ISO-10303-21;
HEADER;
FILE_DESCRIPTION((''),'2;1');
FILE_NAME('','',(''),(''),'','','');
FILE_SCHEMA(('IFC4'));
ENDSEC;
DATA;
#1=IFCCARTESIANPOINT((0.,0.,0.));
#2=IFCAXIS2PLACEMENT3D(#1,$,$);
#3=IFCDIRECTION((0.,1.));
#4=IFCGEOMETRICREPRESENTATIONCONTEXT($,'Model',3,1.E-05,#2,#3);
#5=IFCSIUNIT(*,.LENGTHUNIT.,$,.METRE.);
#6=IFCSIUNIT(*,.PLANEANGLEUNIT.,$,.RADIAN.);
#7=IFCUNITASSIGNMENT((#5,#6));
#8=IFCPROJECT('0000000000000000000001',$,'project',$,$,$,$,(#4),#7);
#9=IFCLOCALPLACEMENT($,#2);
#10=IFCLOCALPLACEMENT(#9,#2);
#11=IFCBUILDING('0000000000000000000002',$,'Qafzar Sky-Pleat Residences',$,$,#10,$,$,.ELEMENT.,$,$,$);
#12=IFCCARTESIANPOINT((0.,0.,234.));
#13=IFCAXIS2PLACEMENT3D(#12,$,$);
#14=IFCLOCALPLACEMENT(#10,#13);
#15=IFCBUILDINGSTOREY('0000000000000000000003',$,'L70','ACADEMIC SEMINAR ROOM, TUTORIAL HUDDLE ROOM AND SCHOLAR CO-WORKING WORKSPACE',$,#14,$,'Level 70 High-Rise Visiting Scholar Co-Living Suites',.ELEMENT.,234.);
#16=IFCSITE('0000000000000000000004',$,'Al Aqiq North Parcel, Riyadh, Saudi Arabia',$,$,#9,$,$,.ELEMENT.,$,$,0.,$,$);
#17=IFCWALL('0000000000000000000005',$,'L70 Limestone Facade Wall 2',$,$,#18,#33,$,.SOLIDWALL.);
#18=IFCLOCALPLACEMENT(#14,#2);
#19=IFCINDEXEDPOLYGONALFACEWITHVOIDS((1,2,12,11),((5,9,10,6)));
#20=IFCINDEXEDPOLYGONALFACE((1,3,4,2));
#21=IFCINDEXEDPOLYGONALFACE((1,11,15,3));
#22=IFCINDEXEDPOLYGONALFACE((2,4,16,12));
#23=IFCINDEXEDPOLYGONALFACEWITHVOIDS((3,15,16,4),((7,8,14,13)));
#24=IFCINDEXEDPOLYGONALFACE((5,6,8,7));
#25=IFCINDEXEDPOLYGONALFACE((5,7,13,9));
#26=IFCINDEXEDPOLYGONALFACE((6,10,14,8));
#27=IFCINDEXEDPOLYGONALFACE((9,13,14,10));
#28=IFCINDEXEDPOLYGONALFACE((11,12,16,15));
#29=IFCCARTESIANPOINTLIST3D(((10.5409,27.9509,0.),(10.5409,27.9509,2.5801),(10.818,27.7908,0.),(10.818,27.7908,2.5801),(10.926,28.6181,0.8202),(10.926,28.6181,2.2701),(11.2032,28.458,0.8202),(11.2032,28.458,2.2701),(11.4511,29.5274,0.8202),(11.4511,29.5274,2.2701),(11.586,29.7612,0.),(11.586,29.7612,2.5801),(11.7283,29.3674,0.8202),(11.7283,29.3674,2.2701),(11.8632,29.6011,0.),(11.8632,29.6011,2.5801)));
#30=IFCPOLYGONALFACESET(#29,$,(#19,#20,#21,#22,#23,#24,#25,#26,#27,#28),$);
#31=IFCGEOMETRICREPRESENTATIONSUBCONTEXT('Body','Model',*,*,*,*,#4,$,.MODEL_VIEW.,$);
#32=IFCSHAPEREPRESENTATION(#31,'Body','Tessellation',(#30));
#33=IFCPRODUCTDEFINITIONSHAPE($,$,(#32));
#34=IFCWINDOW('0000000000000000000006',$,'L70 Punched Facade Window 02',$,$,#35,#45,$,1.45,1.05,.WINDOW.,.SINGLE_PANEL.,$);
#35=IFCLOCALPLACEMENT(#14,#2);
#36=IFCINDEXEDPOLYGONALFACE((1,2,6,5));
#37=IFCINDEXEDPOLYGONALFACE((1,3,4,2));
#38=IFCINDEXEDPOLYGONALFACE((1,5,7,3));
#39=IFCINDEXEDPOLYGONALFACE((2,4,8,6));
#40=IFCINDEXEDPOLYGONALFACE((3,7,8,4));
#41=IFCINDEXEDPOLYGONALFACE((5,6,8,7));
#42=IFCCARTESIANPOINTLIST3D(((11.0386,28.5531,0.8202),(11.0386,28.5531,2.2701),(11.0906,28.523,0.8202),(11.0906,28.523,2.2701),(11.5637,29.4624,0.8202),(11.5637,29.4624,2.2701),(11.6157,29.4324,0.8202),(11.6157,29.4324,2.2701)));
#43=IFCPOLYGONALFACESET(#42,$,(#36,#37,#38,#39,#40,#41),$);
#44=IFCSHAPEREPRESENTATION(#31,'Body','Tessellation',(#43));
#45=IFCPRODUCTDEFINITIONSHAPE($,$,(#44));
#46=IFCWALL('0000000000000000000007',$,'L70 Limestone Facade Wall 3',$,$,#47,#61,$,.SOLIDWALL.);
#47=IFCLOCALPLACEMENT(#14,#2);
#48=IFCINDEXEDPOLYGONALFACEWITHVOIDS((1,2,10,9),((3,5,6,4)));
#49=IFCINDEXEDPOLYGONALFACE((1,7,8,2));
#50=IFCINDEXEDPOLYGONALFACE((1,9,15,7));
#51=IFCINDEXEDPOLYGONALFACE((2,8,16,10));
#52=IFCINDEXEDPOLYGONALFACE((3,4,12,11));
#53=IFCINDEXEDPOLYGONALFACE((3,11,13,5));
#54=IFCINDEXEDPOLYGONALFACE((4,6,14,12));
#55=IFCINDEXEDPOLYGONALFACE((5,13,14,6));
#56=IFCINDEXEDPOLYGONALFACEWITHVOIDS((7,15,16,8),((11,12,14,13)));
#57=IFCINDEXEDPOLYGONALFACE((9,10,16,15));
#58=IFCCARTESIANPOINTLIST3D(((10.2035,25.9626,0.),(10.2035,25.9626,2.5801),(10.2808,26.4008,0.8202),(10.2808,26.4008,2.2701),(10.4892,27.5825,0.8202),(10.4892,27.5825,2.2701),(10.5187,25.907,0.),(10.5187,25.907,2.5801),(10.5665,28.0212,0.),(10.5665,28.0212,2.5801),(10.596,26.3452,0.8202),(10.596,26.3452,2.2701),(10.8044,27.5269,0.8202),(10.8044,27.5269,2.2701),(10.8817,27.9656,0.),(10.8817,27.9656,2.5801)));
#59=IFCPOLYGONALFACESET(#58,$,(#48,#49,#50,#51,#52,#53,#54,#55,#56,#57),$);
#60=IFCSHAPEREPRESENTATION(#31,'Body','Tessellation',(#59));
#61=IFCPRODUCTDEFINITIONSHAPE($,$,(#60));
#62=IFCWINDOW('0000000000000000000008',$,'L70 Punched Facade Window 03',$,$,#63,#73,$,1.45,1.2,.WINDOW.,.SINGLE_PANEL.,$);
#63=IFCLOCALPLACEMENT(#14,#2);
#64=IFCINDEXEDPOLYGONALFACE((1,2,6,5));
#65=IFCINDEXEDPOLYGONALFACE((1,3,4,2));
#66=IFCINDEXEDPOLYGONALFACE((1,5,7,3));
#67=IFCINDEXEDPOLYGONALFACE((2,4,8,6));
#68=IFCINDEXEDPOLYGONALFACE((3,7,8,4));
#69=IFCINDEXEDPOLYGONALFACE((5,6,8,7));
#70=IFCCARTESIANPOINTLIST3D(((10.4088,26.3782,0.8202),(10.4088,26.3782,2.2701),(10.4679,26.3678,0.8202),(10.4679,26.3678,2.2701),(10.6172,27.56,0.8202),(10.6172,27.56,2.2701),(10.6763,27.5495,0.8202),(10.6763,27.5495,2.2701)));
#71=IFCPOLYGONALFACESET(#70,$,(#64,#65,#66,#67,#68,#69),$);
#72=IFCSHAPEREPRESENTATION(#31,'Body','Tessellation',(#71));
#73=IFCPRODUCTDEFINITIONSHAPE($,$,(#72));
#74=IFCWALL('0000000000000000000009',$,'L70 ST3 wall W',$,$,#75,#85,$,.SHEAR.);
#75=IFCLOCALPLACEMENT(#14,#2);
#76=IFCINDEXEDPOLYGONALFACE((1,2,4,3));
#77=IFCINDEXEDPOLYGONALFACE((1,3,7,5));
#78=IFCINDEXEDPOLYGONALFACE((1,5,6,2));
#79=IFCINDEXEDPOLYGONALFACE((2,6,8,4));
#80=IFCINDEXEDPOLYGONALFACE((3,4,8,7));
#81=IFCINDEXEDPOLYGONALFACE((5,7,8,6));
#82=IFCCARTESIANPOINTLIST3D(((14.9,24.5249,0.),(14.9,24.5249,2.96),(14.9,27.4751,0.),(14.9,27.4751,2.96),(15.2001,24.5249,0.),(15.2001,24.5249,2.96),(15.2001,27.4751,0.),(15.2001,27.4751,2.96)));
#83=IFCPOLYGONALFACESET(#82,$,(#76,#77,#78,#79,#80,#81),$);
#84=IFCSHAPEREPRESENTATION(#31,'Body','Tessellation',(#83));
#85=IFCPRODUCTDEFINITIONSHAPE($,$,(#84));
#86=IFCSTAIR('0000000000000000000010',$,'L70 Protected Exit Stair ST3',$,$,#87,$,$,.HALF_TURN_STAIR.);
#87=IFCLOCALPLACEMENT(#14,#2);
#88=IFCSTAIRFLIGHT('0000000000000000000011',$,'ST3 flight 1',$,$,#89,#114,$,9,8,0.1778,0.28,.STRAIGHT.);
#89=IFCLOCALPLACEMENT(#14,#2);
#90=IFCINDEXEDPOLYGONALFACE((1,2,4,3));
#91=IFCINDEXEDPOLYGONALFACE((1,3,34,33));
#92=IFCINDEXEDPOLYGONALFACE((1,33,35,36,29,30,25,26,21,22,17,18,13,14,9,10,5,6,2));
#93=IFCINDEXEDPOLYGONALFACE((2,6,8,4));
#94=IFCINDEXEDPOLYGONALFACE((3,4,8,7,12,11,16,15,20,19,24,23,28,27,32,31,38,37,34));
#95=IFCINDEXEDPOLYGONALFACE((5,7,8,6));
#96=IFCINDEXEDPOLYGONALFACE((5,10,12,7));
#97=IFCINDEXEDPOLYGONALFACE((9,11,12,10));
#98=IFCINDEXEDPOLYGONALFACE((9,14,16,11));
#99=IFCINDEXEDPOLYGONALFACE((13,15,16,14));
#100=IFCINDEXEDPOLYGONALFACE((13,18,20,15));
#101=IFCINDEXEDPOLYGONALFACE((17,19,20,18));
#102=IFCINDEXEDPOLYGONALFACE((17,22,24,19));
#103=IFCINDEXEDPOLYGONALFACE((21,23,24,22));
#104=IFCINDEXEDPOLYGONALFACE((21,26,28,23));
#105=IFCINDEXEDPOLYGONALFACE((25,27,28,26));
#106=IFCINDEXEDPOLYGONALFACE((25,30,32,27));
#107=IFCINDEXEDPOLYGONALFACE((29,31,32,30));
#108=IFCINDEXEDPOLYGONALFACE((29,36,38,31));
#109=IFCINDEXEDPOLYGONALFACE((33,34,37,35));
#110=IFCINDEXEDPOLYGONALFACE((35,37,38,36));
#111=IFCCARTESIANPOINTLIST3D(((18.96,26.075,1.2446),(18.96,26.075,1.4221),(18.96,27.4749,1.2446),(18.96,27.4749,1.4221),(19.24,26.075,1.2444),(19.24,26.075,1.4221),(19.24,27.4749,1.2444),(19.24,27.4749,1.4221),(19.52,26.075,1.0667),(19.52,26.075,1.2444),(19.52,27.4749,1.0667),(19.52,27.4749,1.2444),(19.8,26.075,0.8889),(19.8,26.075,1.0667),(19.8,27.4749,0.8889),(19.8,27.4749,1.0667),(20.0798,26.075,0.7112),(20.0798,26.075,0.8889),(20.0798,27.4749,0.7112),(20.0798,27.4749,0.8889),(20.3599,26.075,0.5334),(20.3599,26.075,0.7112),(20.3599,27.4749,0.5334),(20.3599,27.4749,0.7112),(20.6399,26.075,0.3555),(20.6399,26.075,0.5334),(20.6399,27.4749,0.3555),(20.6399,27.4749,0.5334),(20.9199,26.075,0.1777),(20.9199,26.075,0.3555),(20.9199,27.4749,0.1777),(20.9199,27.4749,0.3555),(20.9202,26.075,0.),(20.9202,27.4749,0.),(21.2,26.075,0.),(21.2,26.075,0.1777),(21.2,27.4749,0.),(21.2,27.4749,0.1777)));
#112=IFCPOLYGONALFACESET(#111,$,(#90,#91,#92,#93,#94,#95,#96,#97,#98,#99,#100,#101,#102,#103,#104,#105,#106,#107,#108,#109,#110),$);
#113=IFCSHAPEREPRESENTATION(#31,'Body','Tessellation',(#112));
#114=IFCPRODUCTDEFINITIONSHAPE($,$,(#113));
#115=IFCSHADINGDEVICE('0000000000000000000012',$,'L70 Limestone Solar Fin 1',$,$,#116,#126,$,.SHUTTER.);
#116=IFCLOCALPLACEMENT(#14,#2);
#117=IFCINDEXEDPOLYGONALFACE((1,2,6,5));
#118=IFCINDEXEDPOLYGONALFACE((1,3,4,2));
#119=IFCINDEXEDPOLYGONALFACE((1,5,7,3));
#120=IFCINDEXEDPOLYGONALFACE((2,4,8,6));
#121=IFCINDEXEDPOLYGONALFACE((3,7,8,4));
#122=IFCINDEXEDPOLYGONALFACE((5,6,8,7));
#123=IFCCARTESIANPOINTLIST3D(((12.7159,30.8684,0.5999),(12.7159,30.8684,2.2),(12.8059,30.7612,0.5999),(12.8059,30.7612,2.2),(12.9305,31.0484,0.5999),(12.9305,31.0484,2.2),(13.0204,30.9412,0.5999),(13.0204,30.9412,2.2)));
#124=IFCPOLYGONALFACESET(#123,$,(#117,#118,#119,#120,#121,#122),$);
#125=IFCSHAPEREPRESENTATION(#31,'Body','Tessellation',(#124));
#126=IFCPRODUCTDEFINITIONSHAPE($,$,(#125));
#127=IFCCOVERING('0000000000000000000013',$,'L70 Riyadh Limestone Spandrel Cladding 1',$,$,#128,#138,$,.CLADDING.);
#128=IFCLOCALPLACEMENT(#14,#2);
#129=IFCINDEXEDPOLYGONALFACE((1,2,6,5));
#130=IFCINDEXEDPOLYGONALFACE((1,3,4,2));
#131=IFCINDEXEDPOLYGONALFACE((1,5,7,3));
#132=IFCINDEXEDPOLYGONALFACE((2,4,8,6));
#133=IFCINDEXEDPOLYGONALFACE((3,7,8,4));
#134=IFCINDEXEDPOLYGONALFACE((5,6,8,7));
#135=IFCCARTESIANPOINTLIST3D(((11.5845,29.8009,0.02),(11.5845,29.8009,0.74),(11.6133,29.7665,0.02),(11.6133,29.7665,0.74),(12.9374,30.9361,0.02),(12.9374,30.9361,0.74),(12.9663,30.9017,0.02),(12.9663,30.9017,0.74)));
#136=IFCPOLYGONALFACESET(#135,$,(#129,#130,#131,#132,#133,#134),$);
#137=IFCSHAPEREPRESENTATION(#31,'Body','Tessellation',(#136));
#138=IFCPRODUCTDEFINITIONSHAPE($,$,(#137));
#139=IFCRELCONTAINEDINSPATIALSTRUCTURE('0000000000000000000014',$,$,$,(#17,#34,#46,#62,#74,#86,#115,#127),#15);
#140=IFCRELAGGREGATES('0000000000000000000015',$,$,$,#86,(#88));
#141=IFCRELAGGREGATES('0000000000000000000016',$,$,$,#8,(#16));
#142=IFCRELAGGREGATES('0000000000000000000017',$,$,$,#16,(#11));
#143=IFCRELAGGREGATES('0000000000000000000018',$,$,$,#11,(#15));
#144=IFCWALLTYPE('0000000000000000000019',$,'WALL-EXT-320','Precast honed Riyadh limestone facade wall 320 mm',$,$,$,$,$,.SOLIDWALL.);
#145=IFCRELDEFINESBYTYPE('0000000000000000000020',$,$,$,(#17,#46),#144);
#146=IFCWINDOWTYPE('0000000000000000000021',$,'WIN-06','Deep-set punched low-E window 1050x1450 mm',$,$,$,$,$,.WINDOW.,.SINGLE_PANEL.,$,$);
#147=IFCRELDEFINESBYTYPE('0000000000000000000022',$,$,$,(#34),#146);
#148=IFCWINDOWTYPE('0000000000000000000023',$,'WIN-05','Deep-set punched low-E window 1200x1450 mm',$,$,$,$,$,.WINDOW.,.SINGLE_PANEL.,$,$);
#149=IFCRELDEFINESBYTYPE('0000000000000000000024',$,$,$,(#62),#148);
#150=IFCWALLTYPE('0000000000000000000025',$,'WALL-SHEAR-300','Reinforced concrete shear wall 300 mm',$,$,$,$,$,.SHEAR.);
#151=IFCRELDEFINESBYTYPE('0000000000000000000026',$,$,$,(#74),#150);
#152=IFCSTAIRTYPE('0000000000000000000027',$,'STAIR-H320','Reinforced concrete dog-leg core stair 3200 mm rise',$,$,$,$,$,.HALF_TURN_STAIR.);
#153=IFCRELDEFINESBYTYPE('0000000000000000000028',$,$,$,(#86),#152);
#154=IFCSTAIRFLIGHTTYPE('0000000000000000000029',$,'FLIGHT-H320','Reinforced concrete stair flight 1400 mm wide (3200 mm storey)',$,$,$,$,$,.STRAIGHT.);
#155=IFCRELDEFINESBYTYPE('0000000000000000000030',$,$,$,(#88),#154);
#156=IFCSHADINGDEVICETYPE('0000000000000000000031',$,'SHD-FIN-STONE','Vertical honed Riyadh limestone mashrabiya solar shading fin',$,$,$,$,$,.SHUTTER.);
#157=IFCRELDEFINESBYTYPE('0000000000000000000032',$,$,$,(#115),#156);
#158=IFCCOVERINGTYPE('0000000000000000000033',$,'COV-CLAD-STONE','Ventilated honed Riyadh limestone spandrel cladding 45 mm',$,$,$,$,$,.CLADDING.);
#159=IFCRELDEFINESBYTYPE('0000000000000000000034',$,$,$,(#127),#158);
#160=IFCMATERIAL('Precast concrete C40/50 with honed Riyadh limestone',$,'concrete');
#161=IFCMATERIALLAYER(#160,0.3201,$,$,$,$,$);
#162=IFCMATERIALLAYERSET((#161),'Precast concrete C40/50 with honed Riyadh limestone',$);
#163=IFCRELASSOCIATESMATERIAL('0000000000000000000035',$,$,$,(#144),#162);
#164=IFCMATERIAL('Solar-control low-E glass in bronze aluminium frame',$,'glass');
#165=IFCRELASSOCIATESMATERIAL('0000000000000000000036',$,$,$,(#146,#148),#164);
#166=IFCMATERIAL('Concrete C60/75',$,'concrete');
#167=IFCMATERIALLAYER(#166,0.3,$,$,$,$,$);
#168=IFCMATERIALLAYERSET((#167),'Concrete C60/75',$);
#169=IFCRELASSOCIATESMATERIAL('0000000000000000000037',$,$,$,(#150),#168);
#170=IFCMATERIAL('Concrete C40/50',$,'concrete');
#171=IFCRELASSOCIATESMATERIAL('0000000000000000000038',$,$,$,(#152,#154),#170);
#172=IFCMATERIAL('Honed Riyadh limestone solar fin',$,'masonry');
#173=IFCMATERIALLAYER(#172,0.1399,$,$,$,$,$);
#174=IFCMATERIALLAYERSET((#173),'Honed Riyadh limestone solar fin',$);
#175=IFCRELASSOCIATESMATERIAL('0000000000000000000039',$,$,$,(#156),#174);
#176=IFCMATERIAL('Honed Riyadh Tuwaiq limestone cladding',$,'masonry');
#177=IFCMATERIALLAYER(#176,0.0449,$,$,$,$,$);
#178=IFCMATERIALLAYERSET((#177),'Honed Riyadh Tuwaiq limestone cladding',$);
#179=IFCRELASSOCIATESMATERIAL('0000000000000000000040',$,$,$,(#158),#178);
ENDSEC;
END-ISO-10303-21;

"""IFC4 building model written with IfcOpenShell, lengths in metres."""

from ifc_helpers import new_model, si_unit, direction, frame, frame_2d, origin, origin_2d, place, context, subcontext, project, spatial, polyline, rectangle, outline, extrude, source, transform, mapped, material, layer, layer_set, type_object, element, fill, aggregate, save


model = new_model("IFC4")

# Units and contexts
model_context = context("Model", 3, precision=1e-05, world=origin(), true_north=direction((0.0, 1.0)))
body_context = subcontext(model_context, "Body", "Model", "MODEL_VIEW")
ifc_project = project(units=[si_unit("LENGTHUNIT", "METRE"), si_unit("PLANEANGLEUNIT", "RADIAN")], contexts=[model_context])

# Site, building, storey
site_placement = place(None, origin())
site = spatial("IfcSite", under=ifc_project, at=site_placement, Name="Al Aqiq North Parcel, Riyadh, Saudi Arabia", CompositionType="ELEMENT", RefElevation=0.0)
building_placement = place(site_placement, origin())
building = spatial("IfcBuilding", under=site, at=building_placement, Name="Qafzar Sky-Pleat Residences", CompositionType="ELEMENT")
storey_placement = place(building_placement, frame((0.0, 0.0, 234.0)))
storey = spatial("IfcBuildingStorey", under=building, at=storey_placement, Name="L70", Description="ACADEMIC SEMINAR ROOM, TUTORIAL HUDDLE ROOM AND SCHOLAR CO-WORKING WORKSPACE", LongName="Level 70 High-Rise Visiting Scholar Co-Living Suites", CompositionType="ELEMENT", Elevation=234.0)

# Walls, openings, windows
ifc_material_1 = material(Name="Precast concrete C40/50 with honed Riyadh limestone", Category="concrete")
ifc_layer_1 = layer(ifc_material_1, 0.3201)
ifc_layer_set_1 = layer_set([ifc_layer_1], Name="Precast concrete C40/50 with honed Riyadh limestone")
wall_type_1 = type_object("IfcWallType", Name="WALL-EXT-320", Description="Precast honed Riyadh limestone facade wall 320 mm", PredefinedType="SOLIDWALL", material=ifc_layer_set_1)
ifc_material_2 = material(Name="Solar-control low-E glass in bronze aluminium frame", Category="glass")
wall_1_placement = place(storey_placement, frame((11.7246, 29.6812, 0.0), z_axis=(0.0, 0.0, 1.0), x_axis=(-0.499995, -0.866028, 0.0)))
wall_1 = element("IfcWall", 1, at=wall_1_placement, inside=storey, type_object=wall_type_1, Name="L70 Limestone Facade Wall 2", PredefinedType="SOLIDWALL", context=body_context, shape_type="SweptSolid", body=[
    extrude(rectangle(XDim=2.0903, YDim=0.3201, at=frame_2d((1.0452, 0.0))), origin(), (0.0, 0.0, 1.0), 2.5801),
])
opening_1_placement = place(wall_1_placement, frame((0.27, 0.0, 0.8201)))
opening_1 = element("IfcOpeningElement", 2, at=opening_1_placement, cuts=wall_1, PredefinedType="OPENING", context=body_context, shape_type="SweptSolid", body=[
    extrude(rectangle(XDim=1.05, YDim=1.45, at=frame_2d((0.5249, 0.7251))), frame((0.0, 0.1699, 0.0), z_axis=(0.0, -1.0, 0.0), x_axis=(1.0, 0.0, 0.0)), (0.0, 0.0, 1.0), 0.3401),
])
window_type_1 = type_object("IfcWindowType", Name="WIN-06", Description="Deep-set punched low-E window 1050x1450 mm", PartitioningType="SINGLE_PANEL", PredefinedType="WINDOW", material=ifc_material_2)
shared_shape_1 = source(origin(), body_context, "Body", "SweptSolid", [
    extrude(rectangle(XDim=1.05, YDim=1.45, at=frame_2d((0.5249, 0.7251))), frame((0.0, 0.03, 0.0), z_axis=(0.0, -1.0, 0.0), x_axis=(1.0, 0.0, 0.0)), (0.0, 0.0, 1.0), 0.0601),
])
window_1_placement = place(opening_1_placement, origin())
window_1 = element("IfcWindow", 3, at=window_1_placement, inside=storey, type_object=window_type_1, Name="L70 Punched Facade Window 02", OverallHeight=1.45, OverallWidth=1.05, PartitioningType="SINGLE_PANEL", PredefinedType="WINDOW", context=body_context, shape_type="MappedRepresentation", body=[
    mapped(shared_shape_1, transform((0.0, 0.0, 0.0), x_axis=(1.0, 0.0, 0.0), y_axis=(0.0, 1.0, 0.0), z_axis=(0.0, 0.0, 1.0), scale=1.0)),
])
fill(opening_1, window_1)
wall_2_placement = place(storey_placement, frame((10.7241, 27.9934, 0.0), z_axis=(0.0, 0.0, 1.0), x_axis=(-0.173672, -0.984804, 0.0)))
wall_2 = element("IfcWall", 4, at=wall_2_placement, inside=storey, type_object=wall_type_1, Name="L70 Limestone Facade Wall 3", PredefinedType="SOLIDWALL", context=body_context, shape_type="SweptSolid", body=[
    extrude(rectangle(XDim=2.0903, YDim=0.3201, at=frame_2d((1.0452, 0.0))), origin(), (0.0, 0.0, 1.0), 2.5801),
])
opening_2_placement = place(wall_2_placement, frame((0.4453, 0.0, 0.8201)))
opening_2 = element("IfcOpeningElement", 5, at=opening_2_placement, cuts=wall_2, PredefinedType="OPENING", context=body_context, shape_type="SweptSolid", body=[
    extrude(rectangle(XDim=1.2, YDim=1.45, at=frame_2d((0.6001, 0.7251))), frame((0.0, 0.1699, 0.0), z_axis=(0.0, -1.0, 0.0), x_axis=(1.0, 0.0, 0.0)), (0.0, 0.0, 1.0), 0.3401),
])
window_type_2 = type_object("IfcWindowType", Name="WIN-05", Description="Deep-set punched low-E window 1200x1450 mm", PartitioningType="SINGLE_PANEL", PredefinedType="WINDOW", material=ifc_material_2)
shared_shape_2 = source(origin(), body_context, "Body", "SweptSolid", [
    extrude(rectangle(XDim=1.2, YDim=1.45, at=frame_2d((0.6001, 0.7251))), frame((0.0, 0.03, 0.0), z_axis=(0.0, -1.0, 0.0), x_axis=(1.0, 0.0, 0.0)), (0.0, 0.0, 1.0), 0.0601),
])
window_2_placement = place(opening_2_placement, origin())
window_2 = element("IfcWindow", 6, at=window_2_placement, inside=storey, type_object=window_type_2, Name="L70 Punched Facade Window 03", OverallHeight=1.45, OverallWidth=1.2, PartitioningType="SINGLE_PANEL", PredefinedType="WINDOW", context=body_context, shape_type="MappedRepresentation", body=[
    mapped(shared_shape_2, transform((0.0, 0.0, 0.0), x_axis=(1.0, 0.0, 0.0), y_axis=(0.0, 1.0, 0.0), z_axis=(0.0, 0.0, 1.0), scale=1.0)),
])
fill(opening_2, window_2)

# Wall
ifc_material_3 = material(Name="Concrete C60/75", Category="concrete")
ifc_layer_2 = layer(ifc_material_3, 0.3)
ifc_layer_set_2 = layer_set([ifc_layer_2], Name="Concrete C60/75")
wall_type_2 = type_object("IfcWallType", Name="WALL-SHEAR-300", Description="Reinforced concrete shear wall 300 mm", PredefinedType="SHEAR", material=ifc_layer_set_2)
wall_3_placement = place(storey_placement, frame((15.05, 27.4751, 0.0), z_axis=(0.0, 0.0, 1.0), x_axis=(0.0, -1.0, 0.0)))
element("IfcWall", 7, at=wall_3_placement, inside=storey, type_object=wall_type_2, Name="L70 ST3 wall W", PredefinedType="SHEAR", context=body_context, shape_type="SweptSolid", body=[
    extrude(rectangle(XDim=2.9502, YDim=0.3, at=frame_2d((1.4751, 0.0))), origin(), (0.0, 0.0, 1.0), 2.96),
])

# Stair, stair flight
ifc_material_4 = material(Name="Concrete C40/50", Category="concrete")
stair_type = type_object("IfcStairType", Name="STAIR-H320", Description="Reinforced concrete dog-leg core stair 3200 mm rise", PredefinedType="HALF_TURN_STAIR", material=ifc_material_4)
stair_placement = place(storey_placement, origin())
stair = element("IfcStair", 8, at=stair_placement, inside=storey, type_object=stair_type, Name="L70 Protected Exit Stair ST3", PredefinedType="HALF_TURN_STAIR")
stair_flight_type = type_object("IfcStairFlightType", Name="FLIGHT-H320", Description="Reinforced concrete stair flight 1400 mm wide (3200 mm storey)", PredefinedType="STRAIGHT", material=ifc_material_4)
shared_shape_3 = source(origin(), body_context, "Body", "SweptSolid", [
    extrude(outline(polyline([(0.0, 0.0), (0.0, 0.1777), (0.28, 0.1777), (0.28, 0.3555), (0.5601, 0.3555), (0.5601, 0.5334), (0.8401, 0.5334), (0.8401, 0.7112), (1.1201, 0.7112), (1.1201, 0.8889), (1.3999, 0.8889), (1.3999, 1.0667), (1.6799, 1.0667), (1.6799, 1.2444), (1.96, 1.2444), (1.96, 1.4221), (2.24, 1.4221), (2.24, 1.6001), (2.24, 1.2446), (0.2798, 0.0), (0.0, 0.0)])), frame((0.0, 0.7, 0.0), z_axis=(0.0, -1.0, 0.0), x_axis=(1.0, 0.0, 0.0)), (0.0, 0.0, 1.0), 1.3999),
])
stair_flight_placement = place(storey_placement, frame((21.2, 26.7749, 0.0), z_axis=(0.0, 0.0, 1.0), x_axis=(-1.0, 0.0, 0.0)))
stair_flight = element("IfcStairFlight", 9, at=stair_flight_placement, type_object=stair_flight_type, Name="ST3 flight 1", NumberOfRisers=9, NumberOfTreads=8, PredefinedType="STRAIGHT", RiserHeight=0.1778, TreadLength=0.28, context=body_context, shape_type="MappedRepresentation", body=[
    mapped(shared_shape_3, transform((0.0, 0.0, 0.0), x_axis=(1.0, 0.0, 0.0), y_axis=(0.0, 1.0, 0.0), z_axis=(0.0, 0.0, 1.0), scale=1.0)),
])
aggregate(stair, [stair_flight])

# Shading device
ifc_material_5 = material(Name="Honed Riyadh limestone solar fin", Category="masonry")
ifc_layer_3 = layer(ifc_material_5, 0.1399)
ifc_layer_set_3 = layer_set([ifc_layer_3], Name="Honed Riyadh limestone solar fin")
shading_device_type = type_object("IfcShadingDeviceType", Name="SHD-FIN-STONE", Description="Vertical honed Riyadh limestone mashrabiya solar shading fin", PredefinedType="SHUTTER", material=ifc_layer_set_3)
shared_shape_4 = source(origin(), body_context, "Body", "SweptSolid", [
    extrude(rectangle(XDim=0.1399, YDim=0.28, at=origin_2d()), origin(), (0.0, 0.0, 1.0), 1.6001),
])
shading_device_placement = place(storey_placement, frame((12.8682, 30.9048, 0.5999), z_axis=(0.0, 0.0, 1.0), x_axis=(-0.642754, 0.766072, 0.0)))
element("IfcShadingDevice", 10, at=shading_device_placement, inside=storey, type_object=shading_device_type, Name="L70 Limestone Solar Fin 1", PredefinedType="SHUTTER", context=body_context, shape_type="MappedRepresentation", body=[
    mapped(shared_shape_4, transform((0.0, 0.0, 0.0), x_axis=(1.0, 0.0, 0.0), y_axis=(0.0, 1.0, 0.0), z_axis=(0.0, 0.0, 1.0), scale=1.0)),
])

# Covering
ifc_material_6 = material(Name="Honed Riyadh Tuwaiq limestone cladding", Category="masonry")
ifc_layer_4 = layer(ifc_material_6, 0.0449)
ifc_layer_set_4 = layer_set([ifc_layer_4], Name="Honed Riyadh Tuwaiq limestone cladding")
covering_type = type_object("IfcCoveringType", Name="COV-CLAD-STONE", Description="Ventilated honed Riyadh limestone spandrel cladding 45 mm", PredefinedType="CLADDING", material=ifc_layer_set_4)
shared_shape_5 = source(origin(), body_context, "Body", "SweptSolid", [
    extrude(rectangle(XDim=1.7661, YDim=0.0449, at=origin_2d()), origin(), (0.0, 0.0, 1.0), 0.72),
])
covering_placement = place(storey_placement, frame((12.2754, 30.3513, 0.02), z_axis=(0.0, 0.0, 1.0), x_axis=(-0.766074, -0.642752, 0.0)))
element("IfcCovering", 11, at=covering_placement, inside=storey, type_object=covering_type, Name="L70 Riyadh Limestone Spandrel Cladding 1", PredefinedType="CLADDING", context=body_context, shape_type="MappedRepresentation", body=[
    mapped(shared_shape_5, transform((0.0, 0.0, 0.0), x_axis=(1.0, 0.0, 0.0), y_axis=(0.0, 1.0, 0.0), z_axis=(0.0, 0.0, 1.0), scale=1.0)),
])

save(model, "model.ifc")
